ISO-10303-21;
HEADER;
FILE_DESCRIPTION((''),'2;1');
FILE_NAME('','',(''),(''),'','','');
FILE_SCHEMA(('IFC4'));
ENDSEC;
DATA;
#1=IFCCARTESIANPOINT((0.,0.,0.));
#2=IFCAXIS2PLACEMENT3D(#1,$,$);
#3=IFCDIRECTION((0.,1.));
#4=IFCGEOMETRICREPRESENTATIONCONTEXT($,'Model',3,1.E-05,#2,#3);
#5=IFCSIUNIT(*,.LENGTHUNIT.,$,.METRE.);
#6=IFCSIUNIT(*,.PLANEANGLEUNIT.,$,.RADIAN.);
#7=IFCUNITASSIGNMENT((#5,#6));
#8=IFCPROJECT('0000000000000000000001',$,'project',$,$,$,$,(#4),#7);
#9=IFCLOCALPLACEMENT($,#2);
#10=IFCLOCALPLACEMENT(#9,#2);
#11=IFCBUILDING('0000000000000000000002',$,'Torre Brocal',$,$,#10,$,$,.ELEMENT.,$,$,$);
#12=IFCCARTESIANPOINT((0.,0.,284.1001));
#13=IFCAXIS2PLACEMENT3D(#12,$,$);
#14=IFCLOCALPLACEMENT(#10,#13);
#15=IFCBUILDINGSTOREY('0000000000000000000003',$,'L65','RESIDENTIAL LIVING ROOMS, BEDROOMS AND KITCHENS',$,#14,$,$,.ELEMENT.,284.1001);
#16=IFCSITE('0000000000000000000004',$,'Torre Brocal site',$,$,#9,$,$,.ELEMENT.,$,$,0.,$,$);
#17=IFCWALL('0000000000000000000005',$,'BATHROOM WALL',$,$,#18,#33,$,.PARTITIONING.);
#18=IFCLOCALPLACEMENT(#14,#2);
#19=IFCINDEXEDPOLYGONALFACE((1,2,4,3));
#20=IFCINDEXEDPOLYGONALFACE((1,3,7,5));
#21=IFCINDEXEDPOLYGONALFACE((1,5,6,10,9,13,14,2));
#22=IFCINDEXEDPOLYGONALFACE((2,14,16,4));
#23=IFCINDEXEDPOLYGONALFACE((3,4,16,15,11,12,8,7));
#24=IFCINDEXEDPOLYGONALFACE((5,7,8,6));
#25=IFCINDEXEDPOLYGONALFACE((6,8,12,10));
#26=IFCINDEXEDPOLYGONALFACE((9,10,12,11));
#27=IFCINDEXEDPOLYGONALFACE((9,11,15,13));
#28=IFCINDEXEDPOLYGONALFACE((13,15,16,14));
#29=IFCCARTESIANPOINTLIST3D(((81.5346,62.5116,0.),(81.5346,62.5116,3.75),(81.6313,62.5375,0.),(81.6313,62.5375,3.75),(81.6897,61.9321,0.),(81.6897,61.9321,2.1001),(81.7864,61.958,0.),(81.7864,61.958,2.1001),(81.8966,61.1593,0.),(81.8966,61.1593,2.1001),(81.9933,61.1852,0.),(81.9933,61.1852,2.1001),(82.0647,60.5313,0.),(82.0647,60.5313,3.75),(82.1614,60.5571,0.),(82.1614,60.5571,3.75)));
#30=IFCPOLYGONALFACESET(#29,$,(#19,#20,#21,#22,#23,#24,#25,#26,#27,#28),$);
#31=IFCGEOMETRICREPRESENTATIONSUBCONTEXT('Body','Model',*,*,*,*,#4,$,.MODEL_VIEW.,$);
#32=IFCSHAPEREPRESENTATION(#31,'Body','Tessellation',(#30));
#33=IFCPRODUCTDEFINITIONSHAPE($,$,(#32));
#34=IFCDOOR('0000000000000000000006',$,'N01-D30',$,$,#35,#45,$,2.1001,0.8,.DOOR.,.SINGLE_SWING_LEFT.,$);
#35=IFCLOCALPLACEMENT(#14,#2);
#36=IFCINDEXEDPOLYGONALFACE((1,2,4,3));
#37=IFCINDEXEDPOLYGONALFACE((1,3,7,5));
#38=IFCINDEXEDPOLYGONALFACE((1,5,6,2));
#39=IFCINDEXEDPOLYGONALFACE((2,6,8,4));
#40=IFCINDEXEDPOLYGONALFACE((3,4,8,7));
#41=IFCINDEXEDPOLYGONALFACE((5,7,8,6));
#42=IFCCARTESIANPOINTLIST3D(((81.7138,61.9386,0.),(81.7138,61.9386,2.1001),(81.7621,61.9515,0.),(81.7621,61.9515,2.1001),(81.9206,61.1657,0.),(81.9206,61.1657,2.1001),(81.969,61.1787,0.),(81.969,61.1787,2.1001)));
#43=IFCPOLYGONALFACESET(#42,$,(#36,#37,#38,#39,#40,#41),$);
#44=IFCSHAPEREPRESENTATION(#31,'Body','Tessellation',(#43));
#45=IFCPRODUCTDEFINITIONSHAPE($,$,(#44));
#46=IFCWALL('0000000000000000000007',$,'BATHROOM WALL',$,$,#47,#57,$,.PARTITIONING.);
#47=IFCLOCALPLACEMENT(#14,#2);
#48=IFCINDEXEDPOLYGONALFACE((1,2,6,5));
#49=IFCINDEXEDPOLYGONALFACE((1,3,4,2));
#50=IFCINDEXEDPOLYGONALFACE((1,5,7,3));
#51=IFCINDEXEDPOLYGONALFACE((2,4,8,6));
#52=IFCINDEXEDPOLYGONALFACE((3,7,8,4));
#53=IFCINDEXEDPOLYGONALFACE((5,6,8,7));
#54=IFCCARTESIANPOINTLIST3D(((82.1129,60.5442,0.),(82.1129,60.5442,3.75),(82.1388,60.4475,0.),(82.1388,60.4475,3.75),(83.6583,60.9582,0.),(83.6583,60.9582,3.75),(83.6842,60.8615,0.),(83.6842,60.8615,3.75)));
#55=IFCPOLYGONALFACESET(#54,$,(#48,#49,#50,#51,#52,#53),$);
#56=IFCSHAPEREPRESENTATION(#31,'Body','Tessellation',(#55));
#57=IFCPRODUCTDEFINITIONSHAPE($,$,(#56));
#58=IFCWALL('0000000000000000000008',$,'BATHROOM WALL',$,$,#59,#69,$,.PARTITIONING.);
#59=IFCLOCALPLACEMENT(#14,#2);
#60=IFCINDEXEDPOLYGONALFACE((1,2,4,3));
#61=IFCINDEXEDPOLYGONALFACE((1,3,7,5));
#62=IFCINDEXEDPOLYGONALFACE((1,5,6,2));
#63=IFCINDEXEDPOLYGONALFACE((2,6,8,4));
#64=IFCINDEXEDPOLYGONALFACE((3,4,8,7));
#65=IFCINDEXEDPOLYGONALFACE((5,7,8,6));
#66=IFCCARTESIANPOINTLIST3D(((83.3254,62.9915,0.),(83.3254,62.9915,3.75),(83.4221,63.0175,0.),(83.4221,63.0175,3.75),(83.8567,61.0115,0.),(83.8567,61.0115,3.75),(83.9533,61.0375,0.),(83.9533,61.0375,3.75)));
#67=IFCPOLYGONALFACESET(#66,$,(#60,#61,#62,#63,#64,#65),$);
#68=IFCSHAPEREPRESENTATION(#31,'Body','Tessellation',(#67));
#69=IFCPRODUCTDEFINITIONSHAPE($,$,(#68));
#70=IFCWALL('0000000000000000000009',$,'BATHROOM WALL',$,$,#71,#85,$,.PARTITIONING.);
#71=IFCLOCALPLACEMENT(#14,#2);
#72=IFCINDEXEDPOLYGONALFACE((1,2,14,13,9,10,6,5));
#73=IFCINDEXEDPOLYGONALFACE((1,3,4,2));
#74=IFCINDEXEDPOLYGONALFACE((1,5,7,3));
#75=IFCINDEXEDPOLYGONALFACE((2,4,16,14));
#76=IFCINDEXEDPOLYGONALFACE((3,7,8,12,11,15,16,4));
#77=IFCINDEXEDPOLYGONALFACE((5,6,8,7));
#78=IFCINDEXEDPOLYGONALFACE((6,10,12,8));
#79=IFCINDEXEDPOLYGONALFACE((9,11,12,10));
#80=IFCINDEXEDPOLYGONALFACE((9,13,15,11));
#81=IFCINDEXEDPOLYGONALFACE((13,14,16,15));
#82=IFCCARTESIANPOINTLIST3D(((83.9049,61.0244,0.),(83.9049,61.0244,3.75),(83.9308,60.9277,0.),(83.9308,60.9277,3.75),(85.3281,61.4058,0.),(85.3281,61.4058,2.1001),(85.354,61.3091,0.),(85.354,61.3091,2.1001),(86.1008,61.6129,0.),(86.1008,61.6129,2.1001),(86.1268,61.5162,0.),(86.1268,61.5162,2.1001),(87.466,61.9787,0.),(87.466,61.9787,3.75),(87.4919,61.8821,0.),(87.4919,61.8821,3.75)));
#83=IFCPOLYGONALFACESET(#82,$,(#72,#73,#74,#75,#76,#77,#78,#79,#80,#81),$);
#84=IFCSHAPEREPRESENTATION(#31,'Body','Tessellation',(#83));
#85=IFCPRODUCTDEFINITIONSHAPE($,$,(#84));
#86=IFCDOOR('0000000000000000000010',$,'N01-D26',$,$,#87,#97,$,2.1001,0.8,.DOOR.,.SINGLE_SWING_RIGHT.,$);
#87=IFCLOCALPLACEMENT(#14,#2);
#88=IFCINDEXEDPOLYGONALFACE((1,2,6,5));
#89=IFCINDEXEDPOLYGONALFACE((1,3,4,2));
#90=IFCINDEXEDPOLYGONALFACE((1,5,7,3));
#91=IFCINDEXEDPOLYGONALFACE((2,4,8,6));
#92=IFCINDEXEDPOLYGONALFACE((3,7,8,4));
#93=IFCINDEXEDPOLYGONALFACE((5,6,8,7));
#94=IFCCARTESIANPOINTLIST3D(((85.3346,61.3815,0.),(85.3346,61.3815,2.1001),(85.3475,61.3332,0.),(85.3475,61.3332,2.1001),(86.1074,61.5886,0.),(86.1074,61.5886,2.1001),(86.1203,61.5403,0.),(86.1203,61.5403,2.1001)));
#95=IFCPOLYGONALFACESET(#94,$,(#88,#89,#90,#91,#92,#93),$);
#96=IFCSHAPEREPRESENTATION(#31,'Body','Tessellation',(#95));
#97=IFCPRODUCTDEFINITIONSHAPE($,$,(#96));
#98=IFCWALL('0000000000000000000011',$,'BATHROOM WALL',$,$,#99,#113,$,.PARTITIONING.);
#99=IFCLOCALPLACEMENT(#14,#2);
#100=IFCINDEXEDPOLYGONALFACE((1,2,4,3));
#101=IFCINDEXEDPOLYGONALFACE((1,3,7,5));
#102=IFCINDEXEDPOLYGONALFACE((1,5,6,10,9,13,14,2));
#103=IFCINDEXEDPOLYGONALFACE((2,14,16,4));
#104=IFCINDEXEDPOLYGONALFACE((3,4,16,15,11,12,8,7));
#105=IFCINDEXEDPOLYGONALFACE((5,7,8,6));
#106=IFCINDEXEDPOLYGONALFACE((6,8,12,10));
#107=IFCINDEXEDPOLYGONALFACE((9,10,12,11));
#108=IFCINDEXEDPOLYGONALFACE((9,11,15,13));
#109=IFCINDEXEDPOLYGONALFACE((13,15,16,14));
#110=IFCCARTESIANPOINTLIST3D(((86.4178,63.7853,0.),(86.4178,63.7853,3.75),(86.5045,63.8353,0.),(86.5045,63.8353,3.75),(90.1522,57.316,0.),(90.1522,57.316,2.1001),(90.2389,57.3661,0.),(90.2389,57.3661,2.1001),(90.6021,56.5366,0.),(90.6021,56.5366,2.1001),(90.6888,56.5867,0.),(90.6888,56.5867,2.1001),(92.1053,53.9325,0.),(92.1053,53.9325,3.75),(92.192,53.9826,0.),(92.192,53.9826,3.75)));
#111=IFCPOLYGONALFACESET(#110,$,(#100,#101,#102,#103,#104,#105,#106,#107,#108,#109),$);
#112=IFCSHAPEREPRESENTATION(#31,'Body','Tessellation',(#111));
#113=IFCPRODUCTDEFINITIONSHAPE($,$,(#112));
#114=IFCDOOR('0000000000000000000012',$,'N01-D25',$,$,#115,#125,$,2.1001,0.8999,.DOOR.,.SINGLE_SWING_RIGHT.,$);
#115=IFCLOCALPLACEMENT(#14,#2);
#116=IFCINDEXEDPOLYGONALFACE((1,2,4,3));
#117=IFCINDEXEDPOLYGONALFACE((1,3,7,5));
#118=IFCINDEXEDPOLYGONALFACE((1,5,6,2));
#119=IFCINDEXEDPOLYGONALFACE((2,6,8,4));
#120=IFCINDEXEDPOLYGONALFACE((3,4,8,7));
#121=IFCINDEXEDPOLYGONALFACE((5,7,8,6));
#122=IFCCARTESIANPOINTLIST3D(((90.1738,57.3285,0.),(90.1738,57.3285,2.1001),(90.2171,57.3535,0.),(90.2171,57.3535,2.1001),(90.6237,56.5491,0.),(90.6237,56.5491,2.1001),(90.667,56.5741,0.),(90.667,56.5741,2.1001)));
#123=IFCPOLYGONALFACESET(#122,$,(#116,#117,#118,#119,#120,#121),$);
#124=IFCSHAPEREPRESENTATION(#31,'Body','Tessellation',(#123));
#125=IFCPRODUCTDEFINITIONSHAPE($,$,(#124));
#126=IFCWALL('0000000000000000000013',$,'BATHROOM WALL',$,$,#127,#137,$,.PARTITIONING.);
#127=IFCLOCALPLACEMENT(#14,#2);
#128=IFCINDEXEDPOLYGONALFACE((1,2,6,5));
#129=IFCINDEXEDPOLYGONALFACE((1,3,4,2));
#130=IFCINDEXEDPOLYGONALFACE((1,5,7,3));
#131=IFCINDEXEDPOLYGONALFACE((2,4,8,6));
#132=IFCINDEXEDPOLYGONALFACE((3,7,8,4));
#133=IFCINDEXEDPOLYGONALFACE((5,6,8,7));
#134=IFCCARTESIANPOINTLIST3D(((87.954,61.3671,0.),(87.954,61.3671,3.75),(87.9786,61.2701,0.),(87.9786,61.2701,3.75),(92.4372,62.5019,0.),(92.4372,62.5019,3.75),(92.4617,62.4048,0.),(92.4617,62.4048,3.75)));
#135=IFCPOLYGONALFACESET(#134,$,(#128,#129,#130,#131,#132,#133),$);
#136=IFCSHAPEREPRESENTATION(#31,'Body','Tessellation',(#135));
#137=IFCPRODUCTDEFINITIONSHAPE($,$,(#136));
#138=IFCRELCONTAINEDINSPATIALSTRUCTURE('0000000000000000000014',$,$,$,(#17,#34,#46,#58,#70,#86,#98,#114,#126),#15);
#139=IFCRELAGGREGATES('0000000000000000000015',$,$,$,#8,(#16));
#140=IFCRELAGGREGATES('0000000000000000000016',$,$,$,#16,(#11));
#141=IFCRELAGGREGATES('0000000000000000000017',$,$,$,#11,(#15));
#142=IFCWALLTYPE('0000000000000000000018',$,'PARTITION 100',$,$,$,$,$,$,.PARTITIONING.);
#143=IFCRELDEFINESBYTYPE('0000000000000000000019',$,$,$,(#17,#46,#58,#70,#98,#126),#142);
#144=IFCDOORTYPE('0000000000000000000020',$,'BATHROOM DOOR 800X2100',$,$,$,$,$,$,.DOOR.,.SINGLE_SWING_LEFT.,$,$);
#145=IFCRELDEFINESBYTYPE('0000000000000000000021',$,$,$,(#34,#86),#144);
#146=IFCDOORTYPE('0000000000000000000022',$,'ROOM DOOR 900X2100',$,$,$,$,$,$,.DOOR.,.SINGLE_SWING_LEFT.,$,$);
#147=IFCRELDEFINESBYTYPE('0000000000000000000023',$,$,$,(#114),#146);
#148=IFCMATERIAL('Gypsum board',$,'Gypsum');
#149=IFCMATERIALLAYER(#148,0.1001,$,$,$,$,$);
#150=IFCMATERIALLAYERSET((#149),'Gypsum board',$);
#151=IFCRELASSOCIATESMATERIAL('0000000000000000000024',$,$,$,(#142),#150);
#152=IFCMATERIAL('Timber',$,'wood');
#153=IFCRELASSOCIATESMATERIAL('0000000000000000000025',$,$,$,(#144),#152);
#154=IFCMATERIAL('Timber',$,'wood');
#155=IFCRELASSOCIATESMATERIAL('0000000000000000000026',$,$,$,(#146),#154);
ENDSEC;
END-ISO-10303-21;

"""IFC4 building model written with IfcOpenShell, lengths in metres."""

from ifc_helpers import new_model, si_unit, direction, frame, frame_2d, origin, place, context, subcontext, project, spatial, rectangle, extrude, material, layer, layer_set, type_object, element, fill, save


model = new_model("IFC4")

# Units and contexts
model_context = context("Model", 3, precision=1e-05, world=origin(), true_north=direction((0.0, 1.0)))
body_context = subcontext(model_context, "Body", "Model", "MODEL_VIEW")
ifc_project = project(units=[si_unit("LENGTHUNIT", "METRE"), si_unit("PLANEANGLEUNIT", "RADIAN")], contexts=[model_context])

# Site, building, storey
site_placement = place(None, origin())
site = spatial("IfcSite", under=ifc_project, at=site_placement, Name="Torre Brocal site", CompositionType="ELEMENT", RefElevation=0.0)
building_placement = place(site_placement, origin())
building = spatial("IfcBuilding", under=site, at=building_placement, Name="Torre Brocal", CompositionType="ELEMENT")
storey_placement = place(building_placement, frame((0.0, 0.0, 284.1001)))
storey = spatial("IfcBuildingStorey", under=building, at=storey_placement, Name="L65", Description="RESIDENTIAL LIVING ROOMS, BEDROOMS AND KITCHENS", CompositionType="ELEMENT", Elevation=284.1001)

# Wall, opening, door
ifc_material_1 = material(Name="Gypsum board", Category="Gypsum")
ifc_layer_1 = layer(ifc_material_1, 0.1001)
ifc_layer_set_1 = layer_set([ifc_layer_1], Name="Gypsum board")
wall_type_1 = type_object("IfcWallType", Name="PARTITION 100", PredefinedType="PARTITIONING", material=ifc_layer_set_1)
wall_1_placement = place(storey_placement, frame((81.583, 62.5244, 0.0), z_axis=(0.0, 0.0, 1.0), x_axis=(0.258559, -0.965995, 0.0)))
wall_1 = element("IfcWall", 1, at=wall_1_placement, inside=storey, type_object=wall_type_1, Name="BATHROOM WALL", PredefinedType="PARTITIONING", context=body_context, shape_type="SweptSolid", body=[
    extrude(rectangle(XDim=2.05, YDim=0.1001, at=frame_2d((1.0249, 0.0))), origin(), (0.0, 0.0, 1.0), 3.75),
])
opening_1_placement = place(wall_1_placement, frame((0.5999, 0.0, 0.0)))
opening_1 = element("IfcOpeningElement", 2, at=opening_1_placement, cuts=wall_1, PredefinedType="OPENING", context=body_context, shape_type="SweptSolid", body=[
    extrude(rectangle(XDim=0.8, YDim=2.1001, at=frame_2d((0.3999, 1.05))), frame((0.0, 0.0601, 0.0), z_axis=(0.0, -1.0, 0.0), x_axis=(1.0, 0.0, 0.0)), (0.0, 0.0, 1.0), 0.1201),
])
ifc_material_2 = material(Name="Timber", Category="wood")
door_type_1 = type_object("IfcDoorType", Name="BATHROOM DOOR 800X2100", OperationType="SINGLE_SWING_LEFT", PredefinedType="DOOR", material=ifc_material_2)
door_1_placement = place(opening_1_placement, origin())
door_1 = element("IfcDoor", 3, at=door_1_placement, inside=storey, type_object=door_type_1, Name="N01-D30", OperationType="SINGLE_SWING_LEFT", OverallHeight=2.1001, OverallWidth=0.8, PredefinedType="DOOR", context=body_context, shape_type="SweptSolid", body=[
    extrude(rectangle(XDim=0.8, YDim=2.1001, at=frame_2d((0.3999, 1.05))), frame((0.0, 0.0249, 0.0), z_axis=(0.0, -1.0, 0.0), x_axis=(1.0, 0.0, 0.0)), (0.0, 0.0, 1.0), 0.05),
])
fill(opening_1, door_1)

# Walls
wall_2_placement = place(storey_placement, frame((82.126, 60.4958, 0.0), z_axis=(0.0, 0.0, 1.0), x_axis=(0.96593, 0.258802, 0.0)))
element("IfcWall", 4, at=wall_2_placement, inside=storey, type_object=wall_type_1, Name="BATHROOM WALL", PredefinedType="PARTITIONING", context=body_context, shape_type="SweptSolid", body=[
    extrude(rectangle(XDim=1.5999, YDim=0.1001, at=frame_2d((0.7998, 0.0))), origin(), (0.0, 0.0, 1.0), 3.75),
])
wall_3_placement = place(storey_placement, frame((83.3738, 63.0044, 0.0), z_axis=(0.0, 0.0, 1.0), x_axis=(0.259145, -0.965838, 0.0)))
element("IfcWall", 5, at=wall_3_placement, inside=storey, type_object=wall_type_1, Name="BATHROOM WALL", PredefinedType="PARTITIONING", context=body_context, shape_type="SweptSolid", body=[
    extrude(rectangle(XDim=2.05, YDim=0.1001, at=frame_2d((1.0249, 0.0))), origin(), (0.0, 0.0, 1.0), 3.75),
])

# Walls, openings, doors
wall_4_placement = place(storey_placement, frame((83.918, 60.9761, 0.0), z_axis=(0.0, 0.0, 1.0), x_axis=(0.965914, 0.258862, 0.0)))
wall_4 = element("IfcWall", 6, at=wall_4_placement, inside=storey, type_object=wall_type_1, Name="BATHROOM WALL", PredefinedType="PARTITIONING", context=body_context, shape_type="SweptSolid", body=[
    extrude(rectangle(XDim=3.6868, YDim=0.1001, at=frame_2d((1.8433, 0.0))), origin(), (0.0, 0.0, 1.0), 3.75),
])
opening_2_placement = place(wall_4_placement, frame((1.4734, 0.0, 0.0)))
opening_2 = element("IfcOpeningElement", 7, at=opening_2_placement, cuts=wall_4, PredefinedType="OPENING", context=body_context, shape_type="SweptSolid", body=[
    extrude(rectangle(XDim=0.8, YDim=2.1001, at=frame_2d((0.3999, 1.05))), frame((0.0, 0.0601, 0.0), z_axis=(0.0, -1.0, 0.0), x_axis=(1.0, 0.0, 0.0)), (0.0, 0.0, 1.0), 0.1201),
])
door_2_placement = place(opening_2_placement, origin())
door_2 = element("IfcDoor", 8, at=door_2_placement, inside=storey, type_object=door_type_1, Name="N01-D26", OperationType="SINGLE_SWING_RIGHT", OverallHeight=2.1001, OverallWidth=0.8, PredefinedType="DOOR", context=body_context, shape_type="SweptSolid", body=[
    extrude(rectangle(XDim=0.8, YDim=2.1001, at=frame_2d((0.3999, 1.05))), frame((0.0, 0.0249, 0.0), z_axis=(0.0, -1.0, 0.0), x_axis=(1.0, 0.0, 0.0)), (0.0, 0.0, 1.0), 0.05),
])
fill(opening_2, door_2)
wall_5_placement = place(storey_placement, frame((86.4612, 63.8103, 0.0), z_axis=(0.0, 0.0, 1.0), x_axis=(0.499934, -0.866064, 0.0)))
wall_5 = element("IfcWall", 9, at=wall_5_placement, inside=storey, type_object=wall_type_1, Name="BATHROOM WALL", PredefinedType="PARTITIONING", context=body_context, shape_type="SweptSolid", body=[
    extrude(rectangle(XDim=11.3765, YDim=0.1001, at=frame_2d((5.6882, 0.0))), origin(), (0.0, 0.0, 1.0), 3.75),
])
opening_3_placement = place(wall_5_placement, frame((7.4697, 0.0, 0.0)))
opening_3 = element("IfcOpeningElement", 10, at=opening_3_placement, cuts=wall_5, PredefinedType="OPENING", context=body_context, shape_type="SweptSolid", body=[
    extrude(rectangle(XDim=0.8999, YDim=2.1001, at=frame_2d((0.45, 1.05))), frame((0.0, 0.0601, 0.0), z_axis=(0.0, -1.0, 0.0), x_axis=(1.0, 0.0, 0.0)), (0.0, 0.0, 1.0), 0.1201),
])
ifc_material_3 = material(Name="Timber", Category="wood")
door_type_2 = type_object("IfcDoorType", Name="ROOM DOOR 900X2100", OperationType="SINGLE_SWING_LEFT", PredefinedType="DOOR", material=ifc_material_3)
door_3_placement = place(opening_3_placement, origin())
door_3 = element("IfcDoor", 11, at=door_3_placement, inside=storey, type_object=door_type_2, Name="N01-D25", OperationType="SINGLE_SWING_RIGHT", OverallHeight=2.1001, OverallWidth=0.8999, PredefinedType="DOOR", context=body_context, shape_type="SweptSolid", body=[
    extrude(rectangle(XDim=0.8999, YDim=2.1001, at=frame_2d((0.45, 1.05))), frame((0.0, 0.0249, 0.0), z_axis=(0.0, -1.0, 0.0), x_axis=(1.0, 0.0, 0.0)), (0.0, 0.0, 1.0), 0.05),
])
fill(opening_3, door_3)

# Wall
wall_6_placement = place(storey_placement, frame((87.9663, 61.3186, 0.0), z_axis=(0.0, 0.0, 1.0), x_axis=(0.969427, 0.245379, 0.0)))
element("IfcWall", 12, at=wall_6_placement, inside=storey, type_object=wall_type_1, Name="BATHROOM WALL", PredefinedType="PARTITIONING", context=body_context, shape_type="SweptSolid", body=[
    extrude(rectangle(XDim=4.6245, YDim=0.1001, at=frame_2d((2.3123, 0.0))), origin(), (0.0, 0.0, 1.0), 3.75),
])

save(model, "model.ifc")
